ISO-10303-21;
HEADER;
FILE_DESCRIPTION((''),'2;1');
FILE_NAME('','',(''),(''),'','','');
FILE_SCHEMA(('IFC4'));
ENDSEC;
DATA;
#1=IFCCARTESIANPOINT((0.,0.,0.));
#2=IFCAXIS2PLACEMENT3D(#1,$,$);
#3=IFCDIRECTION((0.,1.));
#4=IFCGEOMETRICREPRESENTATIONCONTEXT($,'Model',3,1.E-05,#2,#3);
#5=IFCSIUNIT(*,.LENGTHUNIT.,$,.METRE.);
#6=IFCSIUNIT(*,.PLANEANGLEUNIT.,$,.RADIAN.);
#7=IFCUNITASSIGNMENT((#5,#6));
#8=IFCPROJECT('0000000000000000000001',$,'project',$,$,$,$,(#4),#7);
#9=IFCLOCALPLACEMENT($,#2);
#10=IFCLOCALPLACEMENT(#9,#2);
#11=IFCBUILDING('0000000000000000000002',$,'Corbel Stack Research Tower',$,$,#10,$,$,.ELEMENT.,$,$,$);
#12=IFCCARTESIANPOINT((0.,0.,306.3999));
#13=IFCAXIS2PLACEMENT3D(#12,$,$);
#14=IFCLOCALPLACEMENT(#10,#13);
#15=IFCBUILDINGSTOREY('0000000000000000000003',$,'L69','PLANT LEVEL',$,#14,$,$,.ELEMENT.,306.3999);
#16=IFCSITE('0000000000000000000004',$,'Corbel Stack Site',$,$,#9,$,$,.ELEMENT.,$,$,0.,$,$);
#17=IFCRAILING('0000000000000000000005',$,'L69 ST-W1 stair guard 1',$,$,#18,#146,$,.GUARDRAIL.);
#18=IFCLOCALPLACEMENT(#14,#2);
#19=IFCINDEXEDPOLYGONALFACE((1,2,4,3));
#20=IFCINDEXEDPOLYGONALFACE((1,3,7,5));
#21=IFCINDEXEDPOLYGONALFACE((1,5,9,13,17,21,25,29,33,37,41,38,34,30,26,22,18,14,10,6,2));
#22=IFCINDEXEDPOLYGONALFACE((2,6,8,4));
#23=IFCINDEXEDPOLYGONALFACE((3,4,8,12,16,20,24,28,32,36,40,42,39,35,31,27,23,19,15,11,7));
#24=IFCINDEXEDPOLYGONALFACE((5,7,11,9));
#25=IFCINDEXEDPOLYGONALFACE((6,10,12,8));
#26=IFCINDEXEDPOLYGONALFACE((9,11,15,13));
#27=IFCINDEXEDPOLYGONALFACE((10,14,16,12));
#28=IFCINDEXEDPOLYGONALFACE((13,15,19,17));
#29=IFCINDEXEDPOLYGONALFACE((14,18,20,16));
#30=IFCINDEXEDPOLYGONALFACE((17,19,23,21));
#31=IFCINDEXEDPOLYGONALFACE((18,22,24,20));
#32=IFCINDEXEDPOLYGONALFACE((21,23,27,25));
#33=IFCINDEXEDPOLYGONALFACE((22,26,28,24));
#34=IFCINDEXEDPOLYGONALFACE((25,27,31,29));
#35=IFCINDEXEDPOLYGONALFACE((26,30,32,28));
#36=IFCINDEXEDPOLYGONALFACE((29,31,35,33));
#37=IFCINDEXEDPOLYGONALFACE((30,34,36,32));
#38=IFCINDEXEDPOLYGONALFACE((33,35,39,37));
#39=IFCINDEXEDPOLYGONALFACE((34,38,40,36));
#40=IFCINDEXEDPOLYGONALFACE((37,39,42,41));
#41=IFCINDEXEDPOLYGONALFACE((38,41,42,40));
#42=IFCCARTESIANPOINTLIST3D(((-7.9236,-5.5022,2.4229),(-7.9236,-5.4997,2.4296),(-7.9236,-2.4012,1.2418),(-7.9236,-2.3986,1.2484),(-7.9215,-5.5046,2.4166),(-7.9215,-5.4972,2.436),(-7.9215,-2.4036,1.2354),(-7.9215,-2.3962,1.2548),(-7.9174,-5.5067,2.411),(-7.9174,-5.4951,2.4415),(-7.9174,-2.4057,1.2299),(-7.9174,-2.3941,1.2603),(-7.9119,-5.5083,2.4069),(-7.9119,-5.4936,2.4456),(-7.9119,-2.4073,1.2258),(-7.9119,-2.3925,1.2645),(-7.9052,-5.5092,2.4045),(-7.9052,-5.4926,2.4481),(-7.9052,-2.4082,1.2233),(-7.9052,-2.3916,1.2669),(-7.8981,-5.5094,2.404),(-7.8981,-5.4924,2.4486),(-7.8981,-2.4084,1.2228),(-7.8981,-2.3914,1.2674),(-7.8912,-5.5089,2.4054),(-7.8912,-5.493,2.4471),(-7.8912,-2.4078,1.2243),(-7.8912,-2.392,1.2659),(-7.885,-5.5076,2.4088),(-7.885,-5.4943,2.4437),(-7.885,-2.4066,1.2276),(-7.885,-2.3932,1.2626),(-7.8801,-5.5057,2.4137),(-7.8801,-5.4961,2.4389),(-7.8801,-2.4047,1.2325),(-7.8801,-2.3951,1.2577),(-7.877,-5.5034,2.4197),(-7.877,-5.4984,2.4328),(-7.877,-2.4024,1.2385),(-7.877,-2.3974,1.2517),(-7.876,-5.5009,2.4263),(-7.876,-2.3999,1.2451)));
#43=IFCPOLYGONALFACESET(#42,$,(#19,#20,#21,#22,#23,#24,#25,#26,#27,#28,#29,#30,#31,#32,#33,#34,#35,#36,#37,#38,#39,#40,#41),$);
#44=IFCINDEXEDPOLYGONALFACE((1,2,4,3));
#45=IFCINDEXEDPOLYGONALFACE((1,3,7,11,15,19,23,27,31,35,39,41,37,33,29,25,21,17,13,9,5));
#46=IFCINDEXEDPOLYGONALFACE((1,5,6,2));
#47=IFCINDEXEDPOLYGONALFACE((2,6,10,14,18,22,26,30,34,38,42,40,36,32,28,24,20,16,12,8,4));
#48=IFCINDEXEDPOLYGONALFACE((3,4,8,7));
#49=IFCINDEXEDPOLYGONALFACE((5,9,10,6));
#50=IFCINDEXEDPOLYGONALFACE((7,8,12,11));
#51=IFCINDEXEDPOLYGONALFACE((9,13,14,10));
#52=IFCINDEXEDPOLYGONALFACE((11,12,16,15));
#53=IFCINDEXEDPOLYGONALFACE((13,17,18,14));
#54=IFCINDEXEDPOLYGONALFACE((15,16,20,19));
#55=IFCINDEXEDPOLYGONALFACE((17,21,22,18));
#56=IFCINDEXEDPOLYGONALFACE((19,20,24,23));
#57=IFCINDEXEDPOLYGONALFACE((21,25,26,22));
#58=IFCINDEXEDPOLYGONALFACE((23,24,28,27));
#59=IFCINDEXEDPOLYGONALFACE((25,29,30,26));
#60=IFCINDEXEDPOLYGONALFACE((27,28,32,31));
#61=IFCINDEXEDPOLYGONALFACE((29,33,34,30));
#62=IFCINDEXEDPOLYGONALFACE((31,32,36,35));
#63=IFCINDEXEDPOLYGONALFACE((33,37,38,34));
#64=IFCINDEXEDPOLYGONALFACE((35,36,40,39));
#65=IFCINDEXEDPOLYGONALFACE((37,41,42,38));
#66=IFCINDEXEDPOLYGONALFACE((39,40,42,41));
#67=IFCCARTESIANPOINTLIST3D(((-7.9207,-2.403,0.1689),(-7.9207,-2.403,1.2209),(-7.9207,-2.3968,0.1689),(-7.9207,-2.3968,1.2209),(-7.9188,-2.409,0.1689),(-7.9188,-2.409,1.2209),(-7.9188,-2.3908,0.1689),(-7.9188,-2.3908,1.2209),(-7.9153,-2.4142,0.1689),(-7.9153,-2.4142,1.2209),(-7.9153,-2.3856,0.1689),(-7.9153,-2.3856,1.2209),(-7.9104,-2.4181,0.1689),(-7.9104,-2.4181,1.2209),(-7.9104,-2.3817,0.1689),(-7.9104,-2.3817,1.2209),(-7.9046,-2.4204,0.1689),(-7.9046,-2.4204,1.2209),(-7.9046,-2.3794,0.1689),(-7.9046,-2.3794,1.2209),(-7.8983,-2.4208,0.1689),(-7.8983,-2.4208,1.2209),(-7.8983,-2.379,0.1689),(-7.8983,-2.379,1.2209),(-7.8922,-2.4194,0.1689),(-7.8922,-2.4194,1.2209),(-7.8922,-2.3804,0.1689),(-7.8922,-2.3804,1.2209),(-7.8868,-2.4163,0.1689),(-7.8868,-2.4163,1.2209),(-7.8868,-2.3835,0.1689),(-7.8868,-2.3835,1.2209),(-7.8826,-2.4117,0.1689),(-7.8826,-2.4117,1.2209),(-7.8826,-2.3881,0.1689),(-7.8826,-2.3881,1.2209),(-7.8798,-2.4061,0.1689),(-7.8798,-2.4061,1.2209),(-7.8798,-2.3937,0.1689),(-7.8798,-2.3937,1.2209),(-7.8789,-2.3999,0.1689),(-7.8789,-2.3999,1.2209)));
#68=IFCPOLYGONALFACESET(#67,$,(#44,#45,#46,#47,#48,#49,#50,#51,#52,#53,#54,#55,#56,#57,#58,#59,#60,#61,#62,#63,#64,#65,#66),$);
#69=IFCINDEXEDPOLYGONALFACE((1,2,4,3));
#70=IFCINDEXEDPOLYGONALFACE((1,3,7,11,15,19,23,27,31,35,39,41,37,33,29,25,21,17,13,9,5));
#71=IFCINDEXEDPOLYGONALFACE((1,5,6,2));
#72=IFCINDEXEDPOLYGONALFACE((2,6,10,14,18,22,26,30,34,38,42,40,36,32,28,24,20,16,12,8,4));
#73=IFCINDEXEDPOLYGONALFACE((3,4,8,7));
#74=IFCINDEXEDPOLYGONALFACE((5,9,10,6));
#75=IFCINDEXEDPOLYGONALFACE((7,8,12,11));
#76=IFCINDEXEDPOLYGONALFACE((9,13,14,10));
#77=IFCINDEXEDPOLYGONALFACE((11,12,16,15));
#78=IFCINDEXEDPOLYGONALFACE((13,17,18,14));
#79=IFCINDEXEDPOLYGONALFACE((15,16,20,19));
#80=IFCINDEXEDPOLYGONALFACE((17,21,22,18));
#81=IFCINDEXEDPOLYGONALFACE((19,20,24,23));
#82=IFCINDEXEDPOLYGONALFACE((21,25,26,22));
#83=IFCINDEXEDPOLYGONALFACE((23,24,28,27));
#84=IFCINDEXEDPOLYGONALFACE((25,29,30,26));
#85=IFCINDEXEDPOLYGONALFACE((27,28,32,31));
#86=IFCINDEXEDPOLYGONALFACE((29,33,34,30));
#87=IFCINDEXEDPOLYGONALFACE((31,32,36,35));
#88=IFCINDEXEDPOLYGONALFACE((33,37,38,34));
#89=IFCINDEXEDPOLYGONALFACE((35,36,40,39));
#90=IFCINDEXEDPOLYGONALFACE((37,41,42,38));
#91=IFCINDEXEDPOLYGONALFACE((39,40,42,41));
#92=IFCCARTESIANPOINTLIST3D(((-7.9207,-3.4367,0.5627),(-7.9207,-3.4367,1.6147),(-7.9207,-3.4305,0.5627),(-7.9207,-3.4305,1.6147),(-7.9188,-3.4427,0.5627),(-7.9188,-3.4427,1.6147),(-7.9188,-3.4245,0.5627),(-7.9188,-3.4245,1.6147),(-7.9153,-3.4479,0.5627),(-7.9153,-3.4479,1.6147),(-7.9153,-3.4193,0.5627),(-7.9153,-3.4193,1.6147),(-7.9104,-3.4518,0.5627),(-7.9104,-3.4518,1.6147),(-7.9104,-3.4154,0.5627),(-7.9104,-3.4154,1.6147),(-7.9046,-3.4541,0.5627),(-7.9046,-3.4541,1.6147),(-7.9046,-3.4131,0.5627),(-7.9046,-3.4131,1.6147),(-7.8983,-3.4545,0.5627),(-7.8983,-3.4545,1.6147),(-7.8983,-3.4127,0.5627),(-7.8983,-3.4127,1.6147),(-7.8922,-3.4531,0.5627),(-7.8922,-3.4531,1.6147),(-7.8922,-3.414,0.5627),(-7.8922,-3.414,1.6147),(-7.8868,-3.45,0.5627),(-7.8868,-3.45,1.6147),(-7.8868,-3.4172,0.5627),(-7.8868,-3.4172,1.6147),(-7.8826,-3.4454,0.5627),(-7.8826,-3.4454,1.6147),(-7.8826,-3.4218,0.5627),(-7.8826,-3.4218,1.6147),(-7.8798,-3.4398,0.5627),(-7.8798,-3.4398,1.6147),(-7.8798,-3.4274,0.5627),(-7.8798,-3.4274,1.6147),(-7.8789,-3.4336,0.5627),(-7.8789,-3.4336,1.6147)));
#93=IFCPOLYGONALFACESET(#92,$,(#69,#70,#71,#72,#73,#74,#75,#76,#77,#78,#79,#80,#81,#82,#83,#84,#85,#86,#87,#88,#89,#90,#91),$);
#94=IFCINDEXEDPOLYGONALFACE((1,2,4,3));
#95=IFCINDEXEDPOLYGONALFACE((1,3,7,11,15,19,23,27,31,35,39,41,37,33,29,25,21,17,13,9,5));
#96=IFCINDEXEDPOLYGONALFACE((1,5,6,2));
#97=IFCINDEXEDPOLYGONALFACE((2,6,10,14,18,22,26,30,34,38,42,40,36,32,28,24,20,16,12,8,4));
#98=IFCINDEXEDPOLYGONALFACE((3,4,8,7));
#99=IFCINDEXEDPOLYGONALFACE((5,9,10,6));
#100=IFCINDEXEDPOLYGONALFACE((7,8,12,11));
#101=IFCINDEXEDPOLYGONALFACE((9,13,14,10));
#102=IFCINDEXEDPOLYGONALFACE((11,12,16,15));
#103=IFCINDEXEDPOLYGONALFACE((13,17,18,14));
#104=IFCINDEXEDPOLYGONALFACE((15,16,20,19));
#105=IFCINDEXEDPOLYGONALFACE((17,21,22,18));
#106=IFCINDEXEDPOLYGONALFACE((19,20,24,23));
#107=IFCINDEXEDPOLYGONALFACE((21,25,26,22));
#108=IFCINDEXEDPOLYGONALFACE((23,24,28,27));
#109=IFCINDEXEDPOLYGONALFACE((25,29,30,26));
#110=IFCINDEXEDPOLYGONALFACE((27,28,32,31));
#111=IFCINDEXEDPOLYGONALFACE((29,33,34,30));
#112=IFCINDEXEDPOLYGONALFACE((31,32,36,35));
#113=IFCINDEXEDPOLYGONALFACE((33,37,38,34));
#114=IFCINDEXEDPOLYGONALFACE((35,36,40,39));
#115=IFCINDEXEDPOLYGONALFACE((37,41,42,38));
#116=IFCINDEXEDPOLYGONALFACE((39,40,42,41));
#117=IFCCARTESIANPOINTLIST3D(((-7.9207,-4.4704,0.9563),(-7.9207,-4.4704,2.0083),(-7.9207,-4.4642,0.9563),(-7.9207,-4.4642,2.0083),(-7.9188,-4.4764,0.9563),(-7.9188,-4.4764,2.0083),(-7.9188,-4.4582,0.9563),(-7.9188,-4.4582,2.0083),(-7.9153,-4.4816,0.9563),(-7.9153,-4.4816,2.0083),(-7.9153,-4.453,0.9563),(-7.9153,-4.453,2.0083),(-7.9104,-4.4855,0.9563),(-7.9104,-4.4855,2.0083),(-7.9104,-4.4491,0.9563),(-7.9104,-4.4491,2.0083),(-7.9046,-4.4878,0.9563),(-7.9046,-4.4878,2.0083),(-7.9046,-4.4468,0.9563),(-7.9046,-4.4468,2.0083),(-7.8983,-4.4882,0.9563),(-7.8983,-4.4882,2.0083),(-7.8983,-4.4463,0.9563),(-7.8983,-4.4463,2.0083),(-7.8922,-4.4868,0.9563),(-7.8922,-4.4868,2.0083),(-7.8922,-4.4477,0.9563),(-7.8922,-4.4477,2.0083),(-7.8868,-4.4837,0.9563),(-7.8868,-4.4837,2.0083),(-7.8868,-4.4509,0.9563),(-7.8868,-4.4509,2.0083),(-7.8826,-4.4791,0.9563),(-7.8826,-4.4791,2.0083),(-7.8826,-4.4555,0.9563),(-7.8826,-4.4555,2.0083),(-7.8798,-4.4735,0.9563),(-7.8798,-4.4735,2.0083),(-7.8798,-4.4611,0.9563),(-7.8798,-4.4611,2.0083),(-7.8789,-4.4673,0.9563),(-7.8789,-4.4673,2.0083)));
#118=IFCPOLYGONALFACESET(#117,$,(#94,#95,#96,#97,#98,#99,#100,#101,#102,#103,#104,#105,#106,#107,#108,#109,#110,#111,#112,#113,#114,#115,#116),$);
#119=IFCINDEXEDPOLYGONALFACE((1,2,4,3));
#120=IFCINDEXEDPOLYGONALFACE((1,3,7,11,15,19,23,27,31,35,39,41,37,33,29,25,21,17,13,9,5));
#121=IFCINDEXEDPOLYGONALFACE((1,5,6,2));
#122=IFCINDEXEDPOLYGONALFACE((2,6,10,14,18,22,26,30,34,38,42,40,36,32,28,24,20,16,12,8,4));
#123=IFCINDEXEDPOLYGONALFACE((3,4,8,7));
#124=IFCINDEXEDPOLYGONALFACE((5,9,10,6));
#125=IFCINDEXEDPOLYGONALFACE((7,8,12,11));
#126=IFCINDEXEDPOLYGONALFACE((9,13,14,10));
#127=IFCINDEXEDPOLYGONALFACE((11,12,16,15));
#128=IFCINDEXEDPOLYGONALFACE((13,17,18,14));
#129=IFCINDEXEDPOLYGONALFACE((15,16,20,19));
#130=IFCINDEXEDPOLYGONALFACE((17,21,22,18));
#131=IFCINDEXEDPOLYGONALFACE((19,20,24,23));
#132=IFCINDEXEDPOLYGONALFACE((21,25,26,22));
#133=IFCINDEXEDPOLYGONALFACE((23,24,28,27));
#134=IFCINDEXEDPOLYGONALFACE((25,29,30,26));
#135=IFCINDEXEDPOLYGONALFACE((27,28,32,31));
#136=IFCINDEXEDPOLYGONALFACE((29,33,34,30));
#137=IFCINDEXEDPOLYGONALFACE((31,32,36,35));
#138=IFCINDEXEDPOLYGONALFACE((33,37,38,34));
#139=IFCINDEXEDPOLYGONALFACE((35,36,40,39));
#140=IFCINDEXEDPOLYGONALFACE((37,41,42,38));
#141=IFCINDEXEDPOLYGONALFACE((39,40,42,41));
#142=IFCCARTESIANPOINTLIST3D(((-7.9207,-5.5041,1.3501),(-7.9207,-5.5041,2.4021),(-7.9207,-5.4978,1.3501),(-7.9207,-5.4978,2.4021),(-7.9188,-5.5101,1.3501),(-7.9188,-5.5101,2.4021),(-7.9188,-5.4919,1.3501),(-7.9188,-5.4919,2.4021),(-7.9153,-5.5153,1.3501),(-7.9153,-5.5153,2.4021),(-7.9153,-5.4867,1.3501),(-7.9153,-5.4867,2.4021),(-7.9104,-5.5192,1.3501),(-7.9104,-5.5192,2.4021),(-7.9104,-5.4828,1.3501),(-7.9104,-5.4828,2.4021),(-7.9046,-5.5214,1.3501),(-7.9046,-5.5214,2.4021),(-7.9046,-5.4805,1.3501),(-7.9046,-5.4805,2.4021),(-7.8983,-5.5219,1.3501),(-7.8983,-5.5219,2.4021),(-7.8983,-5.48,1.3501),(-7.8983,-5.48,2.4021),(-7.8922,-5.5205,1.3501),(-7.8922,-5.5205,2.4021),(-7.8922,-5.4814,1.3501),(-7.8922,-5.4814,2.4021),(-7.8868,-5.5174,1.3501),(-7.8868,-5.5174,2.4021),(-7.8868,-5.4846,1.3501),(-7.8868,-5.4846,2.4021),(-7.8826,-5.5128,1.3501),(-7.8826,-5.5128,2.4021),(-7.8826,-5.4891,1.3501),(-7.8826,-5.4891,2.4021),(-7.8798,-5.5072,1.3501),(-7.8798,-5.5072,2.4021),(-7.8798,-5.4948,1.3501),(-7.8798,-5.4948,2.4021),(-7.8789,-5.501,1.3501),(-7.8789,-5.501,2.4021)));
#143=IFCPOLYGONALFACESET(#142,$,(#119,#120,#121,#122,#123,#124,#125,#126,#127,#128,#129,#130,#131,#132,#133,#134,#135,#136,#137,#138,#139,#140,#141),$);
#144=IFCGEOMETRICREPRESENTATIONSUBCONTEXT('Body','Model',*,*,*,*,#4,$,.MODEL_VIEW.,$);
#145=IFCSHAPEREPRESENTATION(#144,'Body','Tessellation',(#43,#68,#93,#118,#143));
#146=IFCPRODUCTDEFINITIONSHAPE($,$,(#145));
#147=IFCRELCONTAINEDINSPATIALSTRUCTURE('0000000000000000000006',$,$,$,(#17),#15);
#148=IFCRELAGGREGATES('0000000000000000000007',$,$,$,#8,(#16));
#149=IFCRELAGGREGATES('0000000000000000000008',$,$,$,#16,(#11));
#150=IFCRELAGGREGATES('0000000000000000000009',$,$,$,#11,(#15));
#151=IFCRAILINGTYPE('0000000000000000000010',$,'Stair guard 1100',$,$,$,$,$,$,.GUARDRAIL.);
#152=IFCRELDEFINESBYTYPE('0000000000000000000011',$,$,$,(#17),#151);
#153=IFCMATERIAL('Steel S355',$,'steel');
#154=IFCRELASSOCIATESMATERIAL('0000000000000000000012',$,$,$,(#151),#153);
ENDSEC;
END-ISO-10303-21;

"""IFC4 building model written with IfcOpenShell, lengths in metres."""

from ifc_helpers import new_model, si_unit, direction, frame, origin, origin_2d, place, context, subcontext, project, spatial, circle, extrude, material, type_object, element, save


model = new_model("IFC4")

# Units and contexts
model_context = context("Model", 3, precision=1e-05, world=origin(), true_north=direction((0.0, 1.0)))
body_context = subcontext(model_context, "Body", "Model", "MODEL_VIEW")
ifc_project = project(units=[si_unit("LENGTHUNIT", "METRE"), si_unit("PLANEANGLEUNIT", "RADIAN")], contexts=[model_context])

# Site, building, storey
site_placement = place(None, origin())
site = spatial("IfcSite", under=ifc_project, at=site_placement, Name="Corbel Stack Site", CompositionType="ELEMENT", RefElevation=0.0)
building_placement = place(site_placement, origin())
building = spatial("IfcBuilding", under=site, at=building_placement, Name="Corbel Stack Research Tower", CompositionType="ELEMENT")
storey_placement = place(building_placement, frame((0.0, 0.0, 306.3999)))
storey = spatial("IfcBuildingStorey", under=building, at=storey_placement, Name="L69", Description="PLANT LEVEL", CompositionType="ELEMENT", Elevation=306.3999)

# Railing
ifc_material_1 = material(Name="Steel S355", Category="steel")
railing_type_1 = type_object("IfcRailingType", Name="Stair guard 1100", PredefinedType="GUARDRAIL", material=ifc_material_1)
railing_1_placement = place(storey_placement, frame((-7.8999, -2.3999, 0.1689)))
element("IfcRailing", 1, at=railing_1_placement, inside=storey, type_object=railing_type_1, Name="L69 ST-W1 stair guard 1", PredefinedType="GUARDRAIL", context=body_context, shape_type="SweptSolid", body=[
    extrude(circle(Radius=0.0239, at=origin_2d()), frame((0.0, 0.0, 1.0762), z_axis=(0.0, -0.934509, 0.35594), x_axis=(1.0, 0.0, 0.0)), (0.0, 0.0, 1.0), 3.3184),
    extrude(circle(Radius=0.021, at=origin_2d()), origin(), (0.0, 0.0, 1.0), 1.052),
    extrude(circle(Radius=0.021, at=origin_2d()), frame((0.0, -1.0337, 0.3938)), (0.0, 0.0, 1.0), 1.052),
    extrude(circle(Radius=0.021, at=origin_2d()), frame((0.0, -2.0674, 0.7874)), (0.0, 0.0, 1.0), 1.052),
    extrude(circle(Radius=0.021, at=origin_2d()), frame((0.0, -3.1011, 1.1812)), (0.0, 0.0, 1.0), 1.052),
])

save(model, "model.ifc")
